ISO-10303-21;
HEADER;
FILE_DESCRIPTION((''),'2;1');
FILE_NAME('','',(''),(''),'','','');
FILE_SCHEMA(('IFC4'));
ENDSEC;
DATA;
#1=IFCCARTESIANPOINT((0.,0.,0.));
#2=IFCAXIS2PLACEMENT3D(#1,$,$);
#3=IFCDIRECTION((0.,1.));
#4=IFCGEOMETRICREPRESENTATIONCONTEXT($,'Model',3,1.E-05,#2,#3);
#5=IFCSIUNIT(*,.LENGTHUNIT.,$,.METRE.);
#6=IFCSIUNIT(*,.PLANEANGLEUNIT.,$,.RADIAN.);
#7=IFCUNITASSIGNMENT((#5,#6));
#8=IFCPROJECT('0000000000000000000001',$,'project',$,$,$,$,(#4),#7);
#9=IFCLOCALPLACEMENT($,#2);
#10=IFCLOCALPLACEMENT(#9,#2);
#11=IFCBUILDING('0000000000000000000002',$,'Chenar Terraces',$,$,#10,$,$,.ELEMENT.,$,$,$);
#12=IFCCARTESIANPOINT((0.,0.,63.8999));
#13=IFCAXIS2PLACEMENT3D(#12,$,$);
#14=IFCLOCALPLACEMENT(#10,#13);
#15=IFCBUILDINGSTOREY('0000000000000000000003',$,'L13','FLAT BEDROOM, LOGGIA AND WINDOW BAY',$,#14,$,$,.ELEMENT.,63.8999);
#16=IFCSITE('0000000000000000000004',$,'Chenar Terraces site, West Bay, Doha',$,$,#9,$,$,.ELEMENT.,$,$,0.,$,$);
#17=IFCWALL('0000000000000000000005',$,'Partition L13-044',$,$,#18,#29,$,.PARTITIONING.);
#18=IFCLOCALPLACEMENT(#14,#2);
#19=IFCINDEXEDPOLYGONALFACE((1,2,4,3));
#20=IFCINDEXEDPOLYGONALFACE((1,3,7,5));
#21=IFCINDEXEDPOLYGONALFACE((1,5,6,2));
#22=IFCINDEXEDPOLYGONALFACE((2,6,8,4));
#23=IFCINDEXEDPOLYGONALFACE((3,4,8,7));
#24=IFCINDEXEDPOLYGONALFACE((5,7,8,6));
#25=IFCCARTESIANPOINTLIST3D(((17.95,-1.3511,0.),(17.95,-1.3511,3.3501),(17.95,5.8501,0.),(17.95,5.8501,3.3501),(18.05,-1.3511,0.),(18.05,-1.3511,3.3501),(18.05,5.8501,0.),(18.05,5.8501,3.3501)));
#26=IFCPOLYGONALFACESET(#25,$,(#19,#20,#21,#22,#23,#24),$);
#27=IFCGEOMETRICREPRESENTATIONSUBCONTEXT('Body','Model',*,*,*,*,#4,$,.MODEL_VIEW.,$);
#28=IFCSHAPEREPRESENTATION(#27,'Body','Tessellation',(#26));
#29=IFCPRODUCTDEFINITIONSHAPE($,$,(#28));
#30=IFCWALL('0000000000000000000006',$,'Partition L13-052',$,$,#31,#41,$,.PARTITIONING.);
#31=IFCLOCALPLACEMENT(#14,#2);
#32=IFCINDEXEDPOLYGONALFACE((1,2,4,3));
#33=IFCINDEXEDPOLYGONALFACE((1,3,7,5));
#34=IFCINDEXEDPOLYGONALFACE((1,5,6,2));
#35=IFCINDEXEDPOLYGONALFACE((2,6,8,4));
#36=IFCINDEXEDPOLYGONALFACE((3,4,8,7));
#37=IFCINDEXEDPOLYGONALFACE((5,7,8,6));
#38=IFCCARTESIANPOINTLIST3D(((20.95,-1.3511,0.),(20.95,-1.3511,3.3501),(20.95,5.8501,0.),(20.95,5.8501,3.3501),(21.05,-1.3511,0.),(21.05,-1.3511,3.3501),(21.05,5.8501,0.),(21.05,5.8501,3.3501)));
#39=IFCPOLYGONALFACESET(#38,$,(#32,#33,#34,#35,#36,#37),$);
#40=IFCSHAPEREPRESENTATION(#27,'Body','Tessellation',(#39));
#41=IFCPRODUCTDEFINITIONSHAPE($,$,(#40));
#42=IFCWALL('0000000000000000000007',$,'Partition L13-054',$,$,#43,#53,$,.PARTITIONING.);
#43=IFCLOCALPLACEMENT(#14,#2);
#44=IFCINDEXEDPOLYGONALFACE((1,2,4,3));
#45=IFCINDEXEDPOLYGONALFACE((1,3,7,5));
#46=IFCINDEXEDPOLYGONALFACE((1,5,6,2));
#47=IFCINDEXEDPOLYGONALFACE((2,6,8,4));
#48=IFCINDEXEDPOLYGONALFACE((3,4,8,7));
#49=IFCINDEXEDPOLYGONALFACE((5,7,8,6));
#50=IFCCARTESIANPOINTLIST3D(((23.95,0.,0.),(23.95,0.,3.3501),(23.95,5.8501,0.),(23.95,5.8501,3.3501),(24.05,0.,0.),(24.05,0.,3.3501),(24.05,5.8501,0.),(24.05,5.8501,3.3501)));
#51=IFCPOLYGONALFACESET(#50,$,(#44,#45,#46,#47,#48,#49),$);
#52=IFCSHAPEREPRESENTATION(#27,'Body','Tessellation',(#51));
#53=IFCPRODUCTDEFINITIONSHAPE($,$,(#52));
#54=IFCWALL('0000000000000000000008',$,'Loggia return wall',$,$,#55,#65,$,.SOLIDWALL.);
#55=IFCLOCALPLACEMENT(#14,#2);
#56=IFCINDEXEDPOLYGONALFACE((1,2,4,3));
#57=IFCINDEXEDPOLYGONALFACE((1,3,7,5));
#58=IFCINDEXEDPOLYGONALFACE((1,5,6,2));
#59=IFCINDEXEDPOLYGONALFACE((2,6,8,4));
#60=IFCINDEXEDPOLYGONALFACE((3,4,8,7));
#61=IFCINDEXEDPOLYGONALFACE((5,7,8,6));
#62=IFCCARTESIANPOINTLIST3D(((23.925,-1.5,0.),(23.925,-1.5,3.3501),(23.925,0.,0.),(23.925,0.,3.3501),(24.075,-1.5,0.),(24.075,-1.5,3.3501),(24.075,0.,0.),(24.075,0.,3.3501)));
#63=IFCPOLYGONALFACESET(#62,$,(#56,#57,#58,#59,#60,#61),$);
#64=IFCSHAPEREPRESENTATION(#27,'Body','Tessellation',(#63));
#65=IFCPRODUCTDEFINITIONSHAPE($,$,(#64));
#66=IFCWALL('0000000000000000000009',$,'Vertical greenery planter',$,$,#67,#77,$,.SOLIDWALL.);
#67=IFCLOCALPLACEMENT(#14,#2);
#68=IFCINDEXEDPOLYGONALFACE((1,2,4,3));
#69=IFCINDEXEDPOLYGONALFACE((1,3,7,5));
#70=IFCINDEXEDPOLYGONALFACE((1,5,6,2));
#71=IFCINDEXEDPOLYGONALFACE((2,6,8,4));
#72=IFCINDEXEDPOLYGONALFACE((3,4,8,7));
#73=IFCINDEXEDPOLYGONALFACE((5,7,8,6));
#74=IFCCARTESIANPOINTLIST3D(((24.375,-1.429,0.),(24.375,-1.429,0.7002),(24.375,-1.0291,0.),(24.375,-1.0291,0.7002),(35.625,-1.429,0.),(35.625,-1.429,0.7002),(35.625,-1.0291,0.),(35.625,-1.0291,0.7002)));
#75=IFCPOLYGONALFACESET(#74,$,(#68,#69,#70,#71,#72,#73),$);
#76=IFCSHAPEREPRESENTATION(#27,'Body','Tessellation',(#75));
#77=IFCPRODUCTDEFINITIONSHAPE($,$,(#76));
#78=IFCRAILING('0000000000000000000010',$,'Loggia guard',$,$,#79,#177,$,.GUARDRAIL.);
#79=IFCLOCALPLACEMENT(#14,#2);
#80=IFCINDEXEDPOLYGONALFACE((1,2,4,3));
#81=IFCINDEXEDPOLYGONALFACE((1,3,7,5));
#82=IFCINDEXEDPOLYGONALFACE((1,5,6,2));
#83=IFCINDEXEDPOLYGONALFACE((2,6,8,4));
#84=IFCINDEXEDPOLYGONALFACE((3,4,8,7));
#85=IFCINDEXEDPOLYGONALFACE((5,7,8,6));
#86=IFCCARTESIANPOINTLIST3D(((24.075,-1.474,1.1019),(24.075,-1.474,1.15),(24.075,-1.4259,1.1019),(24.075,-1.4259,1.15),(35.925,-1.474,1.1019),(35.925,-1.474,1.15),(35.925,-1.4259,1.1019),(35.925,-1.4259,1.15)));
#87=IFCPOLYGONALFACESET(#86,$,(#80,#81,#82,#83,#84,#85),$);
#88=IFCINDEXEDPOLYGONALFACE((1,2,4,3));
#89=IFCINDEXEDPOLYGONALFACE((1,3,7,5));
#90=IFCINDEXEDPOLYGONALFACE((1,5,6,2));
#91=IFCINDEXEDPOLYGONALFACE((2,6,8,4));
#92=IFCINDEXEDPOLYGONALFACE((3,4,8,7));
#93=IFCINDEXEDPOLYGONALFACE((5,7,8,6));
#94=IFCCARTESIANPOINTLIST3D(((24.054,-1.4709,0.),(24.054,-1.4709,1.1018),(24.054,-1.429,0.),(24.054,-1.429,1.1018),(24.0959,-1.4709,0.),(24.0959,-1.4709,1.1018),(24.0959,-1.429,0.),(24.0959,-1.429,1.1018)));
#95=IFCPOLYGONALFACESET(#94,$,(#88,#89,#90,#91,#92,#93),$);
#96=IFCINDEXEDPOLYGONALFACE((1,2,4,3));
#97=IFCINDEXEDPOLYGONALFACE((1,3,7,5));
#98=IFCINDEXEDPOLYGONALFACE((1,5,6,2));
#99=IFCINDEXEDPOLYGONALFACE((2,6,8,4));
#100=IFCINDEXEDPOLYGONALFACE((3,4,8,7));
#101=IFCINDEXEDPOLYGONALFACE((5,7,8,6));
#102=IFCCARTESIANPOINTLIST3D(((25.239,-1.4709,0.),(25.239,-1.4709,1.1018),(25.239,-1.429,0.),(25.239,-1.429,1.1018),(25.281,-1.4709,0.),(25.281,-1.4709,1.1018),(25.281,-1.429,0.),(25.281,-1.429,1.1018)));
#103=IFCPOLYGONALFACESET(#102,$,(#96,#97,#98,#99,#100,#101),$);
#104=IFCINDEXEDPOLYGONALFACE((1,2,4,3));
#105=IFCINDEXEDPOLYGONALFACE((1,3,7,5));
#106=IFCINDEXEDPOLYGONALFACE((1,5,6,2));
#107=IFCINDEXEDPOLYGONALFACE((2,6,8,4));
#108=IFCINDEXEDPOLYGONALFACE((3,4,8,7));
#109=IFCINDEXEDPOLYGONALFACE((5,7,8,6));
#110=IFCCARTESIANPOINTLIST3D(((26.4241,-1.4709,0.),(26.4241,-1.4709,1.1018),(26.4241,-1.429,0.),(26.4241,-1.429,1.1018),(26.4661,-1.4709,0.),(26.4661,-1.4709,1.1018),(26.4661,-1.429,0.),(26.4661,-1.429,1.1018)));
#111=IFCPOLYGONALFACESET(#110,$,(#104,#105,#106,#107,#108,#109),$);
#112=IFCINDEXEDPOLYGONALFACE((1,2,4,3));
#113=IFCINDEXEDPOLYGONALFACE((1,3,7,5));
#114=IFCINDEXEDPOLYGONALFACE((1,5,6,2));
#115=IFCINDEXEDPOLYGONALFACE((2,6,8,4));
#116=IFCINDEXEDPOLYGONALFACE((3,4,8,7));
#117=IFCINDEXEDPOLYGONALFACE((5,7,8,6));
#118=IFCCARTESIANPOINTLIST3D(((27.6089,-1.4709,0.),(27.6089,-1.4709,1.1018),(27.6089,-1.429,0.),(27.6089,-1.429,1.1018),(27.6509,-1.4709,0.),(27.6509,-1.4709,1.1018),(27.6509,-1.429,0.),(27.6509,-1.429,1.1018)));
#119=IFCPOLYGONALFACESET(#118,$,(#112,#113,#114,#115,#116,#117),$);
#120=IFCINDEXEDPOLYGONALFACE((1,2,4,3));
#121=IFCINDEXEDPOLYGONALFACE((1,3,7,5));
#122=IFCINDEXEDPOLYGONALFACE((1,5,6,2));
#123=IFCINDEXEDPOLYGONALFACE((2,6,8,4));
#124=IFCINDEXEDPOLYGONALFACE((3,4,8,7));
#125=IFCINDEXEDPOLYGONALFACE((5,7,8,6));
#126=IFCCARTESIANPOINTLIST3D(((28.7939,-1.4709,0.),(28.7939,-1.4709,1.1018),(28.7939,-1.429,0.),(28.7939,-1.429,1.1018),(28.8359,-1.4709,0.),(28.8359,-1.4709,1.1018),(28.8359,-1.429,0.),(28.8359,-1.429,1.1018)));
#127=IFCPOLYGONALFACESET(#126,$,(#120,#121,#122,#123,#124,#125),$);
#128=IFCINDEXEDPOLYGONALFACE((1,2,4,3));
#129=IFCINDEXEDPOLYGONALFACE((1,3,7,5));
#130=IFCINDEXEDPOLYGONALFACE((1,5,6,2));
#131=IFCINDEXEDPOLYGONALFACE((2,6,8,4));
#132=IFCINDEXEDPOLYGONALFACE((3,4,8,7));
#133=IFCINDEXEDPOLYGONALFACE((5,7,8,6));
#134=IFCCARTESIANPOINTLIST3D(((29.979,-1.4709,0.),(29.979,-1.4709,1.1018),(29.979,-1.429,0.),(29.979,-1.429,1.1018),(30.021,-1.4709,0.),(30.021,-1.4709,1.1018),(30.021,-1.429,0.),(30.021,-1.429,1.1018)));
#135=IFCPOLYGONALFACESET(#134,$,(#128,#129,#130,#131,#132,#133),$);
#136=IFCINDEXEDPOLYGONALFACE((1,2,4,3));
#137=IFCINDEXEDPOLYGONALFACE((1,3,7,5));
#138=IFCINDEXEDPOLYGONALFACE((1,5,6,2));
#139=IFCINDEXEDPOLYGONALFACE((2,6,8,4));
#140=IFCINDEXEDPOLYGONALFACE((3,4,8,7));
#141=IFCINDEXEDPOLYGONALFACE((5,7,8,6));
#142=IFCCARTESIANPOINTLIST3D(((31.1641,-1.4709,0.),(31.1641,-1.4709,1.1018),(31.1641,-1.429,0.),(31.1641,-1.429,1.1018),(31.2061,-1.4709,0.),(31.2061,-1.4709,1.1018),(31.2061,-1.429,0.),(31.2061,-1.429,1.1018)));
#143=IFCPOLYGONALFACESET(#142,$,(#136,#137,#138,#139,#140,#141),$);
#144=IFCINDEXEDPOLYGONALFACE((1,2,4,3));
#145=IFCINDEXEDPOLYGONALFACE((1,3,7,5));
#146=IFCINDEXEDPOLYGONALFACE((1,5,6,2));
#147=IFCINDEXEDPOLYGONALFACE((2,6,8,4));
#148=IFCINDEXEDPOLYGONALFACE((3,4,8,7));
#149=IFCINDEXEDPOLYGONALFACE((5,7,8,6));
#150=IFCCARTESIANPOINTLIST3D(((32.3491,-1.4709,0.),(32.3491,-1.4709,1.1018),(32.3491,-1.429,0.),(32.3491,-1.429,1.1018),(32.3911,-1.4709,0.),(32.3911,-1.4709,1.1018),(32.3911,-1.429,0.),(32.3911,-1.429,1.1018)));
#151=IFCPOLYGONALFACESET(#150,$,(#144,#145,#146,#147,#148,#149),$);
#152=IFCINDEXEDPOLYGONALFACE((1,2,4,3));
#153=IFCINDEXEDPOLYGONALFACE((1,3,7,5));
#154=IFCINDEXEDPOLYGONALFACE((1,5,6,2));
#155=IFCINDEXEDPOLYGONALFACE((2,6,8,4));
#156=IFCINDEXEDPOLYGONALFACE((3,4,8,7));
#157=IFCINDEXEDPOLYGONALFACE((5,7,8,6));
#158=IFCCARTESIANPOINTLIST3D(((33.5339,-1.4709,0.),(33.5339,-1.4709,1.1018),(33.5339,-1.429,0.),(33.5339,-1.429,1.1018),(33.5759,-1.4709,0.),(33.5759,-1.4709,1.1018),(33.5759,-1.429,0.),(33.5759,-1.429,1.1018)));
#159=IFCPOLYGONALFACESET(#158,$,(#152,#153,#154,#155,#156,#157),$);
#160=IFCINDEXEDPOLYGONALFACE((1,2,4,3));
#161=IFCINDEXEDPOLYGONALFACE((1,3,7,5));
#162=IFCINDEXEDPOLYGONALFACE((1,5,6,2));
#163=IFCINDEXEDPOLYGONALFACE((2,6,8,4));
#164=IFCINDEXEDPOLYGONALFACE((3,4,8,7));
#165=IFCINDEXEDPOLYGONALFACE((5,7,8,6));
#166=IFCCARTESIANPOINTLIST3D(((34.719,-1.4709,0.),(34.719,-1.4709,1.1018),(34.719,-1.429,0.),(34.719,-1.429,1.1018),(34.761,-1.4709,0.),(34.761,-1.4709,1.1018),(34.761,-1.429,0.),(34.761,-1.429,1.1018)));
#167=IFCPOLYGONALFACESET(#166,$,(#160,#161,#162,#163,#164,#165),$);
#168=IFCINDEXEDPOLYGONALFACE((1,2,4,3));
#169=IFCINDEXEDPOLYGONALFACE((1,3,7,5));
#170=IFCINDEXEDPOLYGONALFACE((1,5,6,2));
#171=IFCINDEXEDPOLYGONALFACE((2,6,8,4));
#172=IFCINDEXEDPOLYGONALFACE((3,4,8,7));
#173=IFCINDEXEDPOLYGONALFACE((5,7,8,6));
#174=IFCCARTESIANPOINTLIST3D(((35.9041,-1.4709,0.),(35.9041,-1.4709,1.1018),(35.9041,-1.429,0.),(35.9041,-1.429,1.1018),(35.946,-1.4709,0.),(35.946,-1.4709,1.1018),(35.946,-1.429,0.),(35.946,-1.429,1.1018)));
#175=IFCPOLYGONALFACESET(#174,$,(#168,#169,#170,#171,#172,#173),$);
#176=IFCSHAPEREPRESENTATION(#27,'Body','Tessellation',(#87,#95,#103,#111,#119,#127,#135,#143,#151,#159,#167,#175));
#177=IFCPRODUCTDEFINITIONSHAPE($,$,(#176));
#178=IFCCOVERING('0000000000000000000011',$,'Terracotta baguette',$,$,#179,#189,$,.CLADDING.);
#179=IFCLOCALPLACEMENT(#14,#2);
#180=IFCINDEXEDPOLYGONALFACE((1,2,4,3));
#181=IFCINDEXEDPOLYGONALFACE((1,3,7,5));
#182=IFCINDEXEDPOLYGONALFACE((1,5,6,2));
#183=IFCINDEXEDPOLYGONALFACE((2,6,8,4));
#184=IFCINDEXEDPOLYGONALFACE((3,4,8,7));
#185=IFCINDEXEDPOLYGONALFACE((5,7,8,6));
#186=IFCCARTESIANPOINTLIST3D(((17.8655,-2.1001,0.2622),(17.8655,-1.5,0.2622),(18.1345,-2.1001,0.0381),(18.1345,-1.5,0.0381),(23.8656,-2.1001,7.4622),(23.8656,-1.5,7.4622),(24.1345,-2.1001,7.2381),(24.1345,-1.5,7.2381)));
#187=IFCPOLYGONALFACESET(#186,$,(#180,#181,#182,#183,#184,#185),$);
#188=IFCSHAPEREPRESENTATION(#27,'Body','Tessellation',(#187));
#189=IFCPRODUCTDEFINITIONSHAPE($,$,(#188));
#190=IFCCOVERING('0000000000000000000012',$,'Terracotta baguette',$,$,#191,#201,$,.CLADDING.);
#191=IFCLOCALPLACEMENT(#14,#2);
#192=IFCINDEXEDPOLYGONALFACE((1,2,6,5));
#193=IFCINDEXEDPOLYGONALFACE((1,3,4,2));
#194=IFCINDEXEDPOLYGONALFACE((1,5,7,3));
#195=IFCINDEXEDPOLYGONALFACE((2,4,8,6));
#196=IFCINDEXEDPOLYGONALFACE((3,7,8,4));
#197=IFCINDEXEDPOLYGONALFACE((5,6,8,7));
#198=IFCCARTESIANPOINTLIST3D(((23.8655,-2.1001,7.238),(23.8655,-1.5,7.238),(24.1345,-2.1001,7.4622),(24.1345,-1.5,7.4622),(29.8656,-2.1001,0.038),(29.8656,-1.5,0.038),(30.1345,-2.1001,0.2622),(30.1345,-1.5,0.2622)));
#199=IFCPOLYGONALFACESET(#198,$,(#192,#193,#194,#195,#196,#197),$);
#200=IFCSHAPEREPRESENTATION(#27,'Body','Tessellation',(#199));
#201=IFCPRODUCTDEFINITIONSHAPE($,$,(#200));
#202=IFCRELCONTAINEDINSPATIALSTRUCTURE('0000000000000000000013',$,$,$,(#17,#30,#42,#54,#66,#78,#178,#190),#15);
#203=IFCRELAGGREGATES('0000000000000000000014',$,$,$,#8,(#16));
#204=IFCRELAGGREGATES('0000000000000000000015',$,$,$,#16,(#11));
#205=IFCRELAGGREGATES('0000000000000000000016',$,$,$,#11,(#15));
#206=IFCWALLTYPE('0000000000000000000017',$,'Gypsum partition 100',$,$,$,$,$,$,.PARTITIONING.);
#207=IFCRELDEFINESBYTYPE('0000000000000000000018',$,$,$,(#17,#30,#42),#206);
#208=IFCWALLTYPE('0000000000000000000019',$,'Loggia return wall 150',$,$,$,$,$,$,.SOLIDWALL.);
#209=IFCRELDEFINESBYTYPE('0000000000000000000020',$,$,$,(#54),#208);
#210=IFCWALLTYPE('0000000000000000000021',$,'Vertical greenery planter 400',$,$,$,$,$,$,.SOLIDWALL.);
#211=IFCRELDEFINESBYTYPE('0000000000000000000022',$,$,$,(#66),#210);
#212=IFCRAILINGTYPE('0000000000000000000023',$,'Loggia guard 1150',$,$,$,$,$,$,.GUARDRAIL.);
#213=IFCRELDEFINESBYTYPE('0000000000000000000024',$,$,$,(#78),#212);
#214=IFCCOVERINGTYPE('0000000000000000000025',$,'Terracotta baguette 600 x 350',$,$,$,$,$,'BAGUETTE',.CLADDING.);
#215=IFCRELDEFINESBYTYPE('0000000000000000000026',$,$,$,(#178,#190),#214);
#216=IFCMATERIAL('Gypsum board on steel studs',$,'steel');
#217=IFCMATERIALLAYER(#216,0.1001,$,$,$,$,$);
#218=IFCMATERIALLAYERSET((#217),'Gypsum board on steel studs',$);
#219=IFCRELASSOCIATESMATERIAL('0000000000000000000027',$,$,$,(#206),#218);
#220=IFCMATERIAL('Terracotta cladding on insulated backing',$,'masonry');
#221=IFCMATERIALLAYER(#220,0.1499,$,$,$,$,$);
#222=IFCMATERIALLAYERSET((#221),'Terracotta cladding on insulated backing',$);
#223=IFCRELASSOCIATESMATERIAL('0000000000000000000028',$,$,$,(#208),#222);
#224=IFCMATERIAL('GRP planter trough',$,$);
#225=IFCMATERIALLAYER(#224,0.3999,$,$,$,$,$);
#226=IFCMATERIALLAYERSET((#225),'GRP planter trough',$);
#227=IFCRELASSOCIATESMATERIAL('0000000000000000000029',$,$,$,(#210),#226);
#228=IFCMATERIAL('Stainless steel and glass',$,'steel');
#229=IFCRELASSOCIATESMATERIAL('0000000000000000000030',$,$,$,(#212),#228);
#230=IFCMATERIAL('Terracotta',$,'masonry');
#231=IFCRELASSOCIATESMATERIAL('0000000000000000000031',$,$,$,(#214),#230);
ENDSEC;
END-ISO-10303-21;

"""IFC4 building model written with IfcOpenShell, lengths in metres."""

from ifc_helpers import new_model, si_unit, direction, frame, frame_2d, origin, origin_2d, place, context, subcontext, project, spatial, rectangle, extrude, material, layer, layer_set, material_profile, profile_set, type_object, element, save


model = new_model("IFC4")

# Units and contexts
model_context = context("Model", 3, precision=1e-05, world=origin(), true_north=direction((0.0, 1.0)))
body_context = subcontext(model_context, "Body", "Model", "MODEL_VIEW")
ifc_project = project(units=[si_unit("LENGTHUNIT", "METRE"), si_unit("PLANEANGLEUNIT", "RADIAN")], contexts=[model_context])

# Site, building, storey
site_placement = place(None, origin())
site = spatial("IfcSite", under=ifc_project, at=site_placement, Name="Chenar Terraces site, West Bay, Doha", CompositionType="ELEMENT", RefElevation=0.0)
building_placement = place(site_placement, origin())
building = spatial("IfcBuilding", under=site, at=building_placement, Name="Chenar Terraces", CompositionType="ELEMENT")
storey_placement = place(building_placement, frame((0.0, 0.0, 63.8999)))
storey = spatial("IfcBuildingStorey", under=building, at=storey_placement, Name="L13", Description="FLAT BEDROOM, LOGGIA AND WINDOW BAY", CompositionType="ELEMENT", Elevation=63.8999)

# Walls
ifc_material_1 = material(Name="Gypsum board on steel studs", Category="steel")
ifc_layer_1 = layer(ifc_material_1, 0.1001)
ifc_layer_set_1 = layer_set([ifc_layer_1], Name="Gypsum board on steel studs")
wall_type_1 = type_object("IfcWallType", Name="Gypsum partition 100", PredefinedType="PARTITIONING", material=ifc_layer_set_1)
for number, where, z_axis, x_axis, name in (
    (1, (18.0, -1.3511, 0.0), (0.0, 0.0, 1.0), (0.0, 1.0, 0.0), "Partition L13-044"),
    (2, (21.0, -1.3511, 0.0), (0.0, 0.0, 1.0), (0.0, 1.0, 0.0), "Partition L13-052"),
):
    element("IfcWall", number, at=place(storey_placement, frame(where, z_axis=z_axis, x_axis=x_axis)), inside=storey, type_object=wall_type_1, Name=name, PredefinedType="PARTITIONING", context=body_context, shape_type="SweptSolid", body=[
        extrude(rectangle(XDim=7.2012, YDim=0.1001, at=frame_2d((3.6006, 0.0))), origin(), (0.0, 0.0, 1.0), 3.3501),
    ])
wall_1_placement = place(storey_placement, frame((24.0, 0.0, 0.0), z_axis=(0.0, 0.0, 1.0), x_axis=(0.0, 1.0, 0.0)))
element("IfcWall", 3, at=wall_1_placement, inside=storey, type_object=wall_type_1, Name="Partition L13-054", PredefinedType="PARTITIONING", context=body_context, shape_type="SweptSolid", body=[
    extrude(rectangle(XDim=5.8501, YDim=0.1001, at=frame_2d((2.925, 0.0))), origin(), (0.0, 0.0, 1.0), 3.3501),
])
ifc_material_2 = material(Name="Terracotta cladding on insulated backing", Category="masonry")
ifc_layer_2 = layer(ifc_material_2, 0.1499)
ifc_layer_set_2 = layer_set([ifc_layer_2], Name="Terracotta cladding on insulated backing")
wall_type_2 = type_object("IfcWallType", Name="Loggia return wall 150", PredefinedType="SOLIDWALL", material=ifc_layer_set_2)
wall_2_placement = place(storey_placement, frame((24.0, -1.5, 0.0), z_axis=(0.0, 0.0, 1.0), x_axis=(0.0, 1.0, 0.0)))
element("IfcWall", 4, at=wall_2_placement, inside=storey, type_object=wall_type_2, Name="Loggia return wall", PredefinedType="SOLIDWALL", context=body_context, shape_type="SweptSolid", body=[
    extrude(rectangle(XDim=1.5, YDim=0.1499, at=frame_2d((0.75, 0.0))), origin(), (0.0, 0.0, 1.0), 3.3501),
])
ifc_material_3 = material(Name="GRP planter trough")
ifc_layer_3 = layer(ifc_material_3, 0.3999)
ifc_layer_set_3 = layer_set([ifc_layer_3], Name="GRP planter trough")
wall_type_3 = type_object("IfcWallType", Name="Vertical greenery planter 400", PredefinedType="SOLIDWALL", material=ifc_layer_set_3)
wall_3_placement = place(storey_placement, frame((24.375, -1.229, 0.0), z_axis=(0.0, 0.0, 1.0), x_axis=(1.0, 0.0, 0.0)))
element("IfcWall", 5, at=wall_3_placement, inside=storey, type_object=wall_type_3, Name="Vertical greenery planter", PredefinedType="SOLIDWALL", context=body_context, shape_type="SweptSolid", body=[
    extrude(rectangle(XDim=11.25, YDim=0.3999, at=frame_2d((5.625, 0.0))), origin(), (0.0, 0.0, 1.0), 0.7002),
])

# Railing
ifc_material_4 = material(Name="Stainless steel and glass", Category="steel")
railing_type = type_object("IfcRailingType", Name="Loggia guard 1150", PredefinedType="GUARDRAIL", material=ifc_material_4)
railing_placement = place(storey_placement, frame((24.075, -1.45, 0.0)))
element("IfcRailing", 6, at=railing_placement, inside=storey, type_object=railing_type, Name="Loggia guard", PredefinedType="GUARDRAIL", context=body_context, shape_type="SweptSolid", body=[
    extrude(rectangle(XDim=0.0481, YDim=0.0481, at=origin_2d()), frame((0.0, 0.0, 1.126), z_axis=(1.0, 0.0, 0.0), x_axis=(0.0, 1.0, 0.0)), (0.0, 0.0, 1.0), 11.8501),
    extrude(rectangle(XDim=0.042, YDim=0.042, at=origin_2d()), origin(), (0.0, 0.0, 1.0), 1.1018),
    extrude(rectangle(XDim=0.042, YDim=0.042, at=origin_2d()), frame((1.1851, 0.0, 0.0)), (0.0, 0.0, 1.0), 1.1018),
    extrude(rectangle(XDim=0.042, YDim=0.042, at=origin_2d()), frame((2.3701, 0.0, 0.0)), (0.0, 0.0, 1.0), 1.1018),
    extrude(rectangle(XDim=0.042, YDim=0.042, at=origin_2d()), frame((3.5549, 0.0, 0.0)), (0.0, 0.0, 1.0), 1.1018),
    extrude(rectangle(XDim=0.042, YDim=0.042, at=origin_2d()), frame((4.74, 0.0, 0.0)), (0.0, 0.0, 1.0), 1.1018),
    extrude(rectangle(XDim=0.042, YDim=0.042, at=origin_2d()), frame((5.925, 0.0, 0.0)), (0.0, 0.0, 1.0), 1.1018),
    extrude(rectangle(XDim=0.042, YDim=0.042, at=origin_2d()), frame((7.1101, 0.0, 0.0)), (0.0, 0.0, 1.0), 1.1018),
    extrude(rectangle(XDim=0.042, YDim=0.042, at=origin_2d()), frame((8.2952, 0.0, 0.0)), (0.0, 0.0, 1.0), 1.1018),
    extrude(rectangle(XDim=0.042, YDim=0.042, at=origin_2d()), frame((9.48, 0.0, 0.0)), (0.0, 0.0, 1.0), 1.1018),
    extrude(rectangle(XDim=0.042, YDim=0.042, at=origin_2d()), frame((10.665, 0.0, 0.0)), (0.0, 0.0, 1.0), 1.1018),
    extrude(rectangle(XDim=0.042, YDim=0.042, at=origin_2d()), frame((11.8501, 0.0, 0.0)), (0.0, 0.0, 1.0), 1.1018),
])

# Coverings
ifc_material_5 = material(Name="Terracotta", Category="masonry")
ifc_material_profile_1 = material_profile(ifc_material_5, rectangle(XDim=0.6001, YDim=0.3501, at=origin_2d()), Name="Terracotta baguette 600 x 350")
ifc_profile_set_1 = profile_set([ifc_material_profile_1], Name="Terracotta")
covering_type = type_object("IfcCoveringType", Name="Terracotta baguette 600 x 350", ElementType="BAGUETTE", PredefinedType="CLADDING", material=ifc_profile_set_1)
for number, where, z_axis, x_axis, name in (
    (7, (18.0, -1.8, 0.1501), (0.640187, 0.0, 0.768219), (0.0, 1.0, 0.0), "Terracotta baguette"),
    (8, (24.0, -1.8, 7.3501), (0.640187, 0.0, -0.768219), (0.0, 1.0, 0.0), "Terracotta baguette"),
):
    element("IfcCovering", number, at=place(storey_placement, frame(where, z_axis=z_axis, x_axis=x_axis)), inside=storey, type_object=covering_type, Name=name, PredefinedType="CLADDING", context=body_context, shape_type="SweptSolid", body=[
        extrude(rectangle(XDim=0.6001, YDim=0.3501, at=origin_2d()), origin(), (0.0, 0.0, 1.0), 9.3723),
    ])

save(model, "model.ifc")
